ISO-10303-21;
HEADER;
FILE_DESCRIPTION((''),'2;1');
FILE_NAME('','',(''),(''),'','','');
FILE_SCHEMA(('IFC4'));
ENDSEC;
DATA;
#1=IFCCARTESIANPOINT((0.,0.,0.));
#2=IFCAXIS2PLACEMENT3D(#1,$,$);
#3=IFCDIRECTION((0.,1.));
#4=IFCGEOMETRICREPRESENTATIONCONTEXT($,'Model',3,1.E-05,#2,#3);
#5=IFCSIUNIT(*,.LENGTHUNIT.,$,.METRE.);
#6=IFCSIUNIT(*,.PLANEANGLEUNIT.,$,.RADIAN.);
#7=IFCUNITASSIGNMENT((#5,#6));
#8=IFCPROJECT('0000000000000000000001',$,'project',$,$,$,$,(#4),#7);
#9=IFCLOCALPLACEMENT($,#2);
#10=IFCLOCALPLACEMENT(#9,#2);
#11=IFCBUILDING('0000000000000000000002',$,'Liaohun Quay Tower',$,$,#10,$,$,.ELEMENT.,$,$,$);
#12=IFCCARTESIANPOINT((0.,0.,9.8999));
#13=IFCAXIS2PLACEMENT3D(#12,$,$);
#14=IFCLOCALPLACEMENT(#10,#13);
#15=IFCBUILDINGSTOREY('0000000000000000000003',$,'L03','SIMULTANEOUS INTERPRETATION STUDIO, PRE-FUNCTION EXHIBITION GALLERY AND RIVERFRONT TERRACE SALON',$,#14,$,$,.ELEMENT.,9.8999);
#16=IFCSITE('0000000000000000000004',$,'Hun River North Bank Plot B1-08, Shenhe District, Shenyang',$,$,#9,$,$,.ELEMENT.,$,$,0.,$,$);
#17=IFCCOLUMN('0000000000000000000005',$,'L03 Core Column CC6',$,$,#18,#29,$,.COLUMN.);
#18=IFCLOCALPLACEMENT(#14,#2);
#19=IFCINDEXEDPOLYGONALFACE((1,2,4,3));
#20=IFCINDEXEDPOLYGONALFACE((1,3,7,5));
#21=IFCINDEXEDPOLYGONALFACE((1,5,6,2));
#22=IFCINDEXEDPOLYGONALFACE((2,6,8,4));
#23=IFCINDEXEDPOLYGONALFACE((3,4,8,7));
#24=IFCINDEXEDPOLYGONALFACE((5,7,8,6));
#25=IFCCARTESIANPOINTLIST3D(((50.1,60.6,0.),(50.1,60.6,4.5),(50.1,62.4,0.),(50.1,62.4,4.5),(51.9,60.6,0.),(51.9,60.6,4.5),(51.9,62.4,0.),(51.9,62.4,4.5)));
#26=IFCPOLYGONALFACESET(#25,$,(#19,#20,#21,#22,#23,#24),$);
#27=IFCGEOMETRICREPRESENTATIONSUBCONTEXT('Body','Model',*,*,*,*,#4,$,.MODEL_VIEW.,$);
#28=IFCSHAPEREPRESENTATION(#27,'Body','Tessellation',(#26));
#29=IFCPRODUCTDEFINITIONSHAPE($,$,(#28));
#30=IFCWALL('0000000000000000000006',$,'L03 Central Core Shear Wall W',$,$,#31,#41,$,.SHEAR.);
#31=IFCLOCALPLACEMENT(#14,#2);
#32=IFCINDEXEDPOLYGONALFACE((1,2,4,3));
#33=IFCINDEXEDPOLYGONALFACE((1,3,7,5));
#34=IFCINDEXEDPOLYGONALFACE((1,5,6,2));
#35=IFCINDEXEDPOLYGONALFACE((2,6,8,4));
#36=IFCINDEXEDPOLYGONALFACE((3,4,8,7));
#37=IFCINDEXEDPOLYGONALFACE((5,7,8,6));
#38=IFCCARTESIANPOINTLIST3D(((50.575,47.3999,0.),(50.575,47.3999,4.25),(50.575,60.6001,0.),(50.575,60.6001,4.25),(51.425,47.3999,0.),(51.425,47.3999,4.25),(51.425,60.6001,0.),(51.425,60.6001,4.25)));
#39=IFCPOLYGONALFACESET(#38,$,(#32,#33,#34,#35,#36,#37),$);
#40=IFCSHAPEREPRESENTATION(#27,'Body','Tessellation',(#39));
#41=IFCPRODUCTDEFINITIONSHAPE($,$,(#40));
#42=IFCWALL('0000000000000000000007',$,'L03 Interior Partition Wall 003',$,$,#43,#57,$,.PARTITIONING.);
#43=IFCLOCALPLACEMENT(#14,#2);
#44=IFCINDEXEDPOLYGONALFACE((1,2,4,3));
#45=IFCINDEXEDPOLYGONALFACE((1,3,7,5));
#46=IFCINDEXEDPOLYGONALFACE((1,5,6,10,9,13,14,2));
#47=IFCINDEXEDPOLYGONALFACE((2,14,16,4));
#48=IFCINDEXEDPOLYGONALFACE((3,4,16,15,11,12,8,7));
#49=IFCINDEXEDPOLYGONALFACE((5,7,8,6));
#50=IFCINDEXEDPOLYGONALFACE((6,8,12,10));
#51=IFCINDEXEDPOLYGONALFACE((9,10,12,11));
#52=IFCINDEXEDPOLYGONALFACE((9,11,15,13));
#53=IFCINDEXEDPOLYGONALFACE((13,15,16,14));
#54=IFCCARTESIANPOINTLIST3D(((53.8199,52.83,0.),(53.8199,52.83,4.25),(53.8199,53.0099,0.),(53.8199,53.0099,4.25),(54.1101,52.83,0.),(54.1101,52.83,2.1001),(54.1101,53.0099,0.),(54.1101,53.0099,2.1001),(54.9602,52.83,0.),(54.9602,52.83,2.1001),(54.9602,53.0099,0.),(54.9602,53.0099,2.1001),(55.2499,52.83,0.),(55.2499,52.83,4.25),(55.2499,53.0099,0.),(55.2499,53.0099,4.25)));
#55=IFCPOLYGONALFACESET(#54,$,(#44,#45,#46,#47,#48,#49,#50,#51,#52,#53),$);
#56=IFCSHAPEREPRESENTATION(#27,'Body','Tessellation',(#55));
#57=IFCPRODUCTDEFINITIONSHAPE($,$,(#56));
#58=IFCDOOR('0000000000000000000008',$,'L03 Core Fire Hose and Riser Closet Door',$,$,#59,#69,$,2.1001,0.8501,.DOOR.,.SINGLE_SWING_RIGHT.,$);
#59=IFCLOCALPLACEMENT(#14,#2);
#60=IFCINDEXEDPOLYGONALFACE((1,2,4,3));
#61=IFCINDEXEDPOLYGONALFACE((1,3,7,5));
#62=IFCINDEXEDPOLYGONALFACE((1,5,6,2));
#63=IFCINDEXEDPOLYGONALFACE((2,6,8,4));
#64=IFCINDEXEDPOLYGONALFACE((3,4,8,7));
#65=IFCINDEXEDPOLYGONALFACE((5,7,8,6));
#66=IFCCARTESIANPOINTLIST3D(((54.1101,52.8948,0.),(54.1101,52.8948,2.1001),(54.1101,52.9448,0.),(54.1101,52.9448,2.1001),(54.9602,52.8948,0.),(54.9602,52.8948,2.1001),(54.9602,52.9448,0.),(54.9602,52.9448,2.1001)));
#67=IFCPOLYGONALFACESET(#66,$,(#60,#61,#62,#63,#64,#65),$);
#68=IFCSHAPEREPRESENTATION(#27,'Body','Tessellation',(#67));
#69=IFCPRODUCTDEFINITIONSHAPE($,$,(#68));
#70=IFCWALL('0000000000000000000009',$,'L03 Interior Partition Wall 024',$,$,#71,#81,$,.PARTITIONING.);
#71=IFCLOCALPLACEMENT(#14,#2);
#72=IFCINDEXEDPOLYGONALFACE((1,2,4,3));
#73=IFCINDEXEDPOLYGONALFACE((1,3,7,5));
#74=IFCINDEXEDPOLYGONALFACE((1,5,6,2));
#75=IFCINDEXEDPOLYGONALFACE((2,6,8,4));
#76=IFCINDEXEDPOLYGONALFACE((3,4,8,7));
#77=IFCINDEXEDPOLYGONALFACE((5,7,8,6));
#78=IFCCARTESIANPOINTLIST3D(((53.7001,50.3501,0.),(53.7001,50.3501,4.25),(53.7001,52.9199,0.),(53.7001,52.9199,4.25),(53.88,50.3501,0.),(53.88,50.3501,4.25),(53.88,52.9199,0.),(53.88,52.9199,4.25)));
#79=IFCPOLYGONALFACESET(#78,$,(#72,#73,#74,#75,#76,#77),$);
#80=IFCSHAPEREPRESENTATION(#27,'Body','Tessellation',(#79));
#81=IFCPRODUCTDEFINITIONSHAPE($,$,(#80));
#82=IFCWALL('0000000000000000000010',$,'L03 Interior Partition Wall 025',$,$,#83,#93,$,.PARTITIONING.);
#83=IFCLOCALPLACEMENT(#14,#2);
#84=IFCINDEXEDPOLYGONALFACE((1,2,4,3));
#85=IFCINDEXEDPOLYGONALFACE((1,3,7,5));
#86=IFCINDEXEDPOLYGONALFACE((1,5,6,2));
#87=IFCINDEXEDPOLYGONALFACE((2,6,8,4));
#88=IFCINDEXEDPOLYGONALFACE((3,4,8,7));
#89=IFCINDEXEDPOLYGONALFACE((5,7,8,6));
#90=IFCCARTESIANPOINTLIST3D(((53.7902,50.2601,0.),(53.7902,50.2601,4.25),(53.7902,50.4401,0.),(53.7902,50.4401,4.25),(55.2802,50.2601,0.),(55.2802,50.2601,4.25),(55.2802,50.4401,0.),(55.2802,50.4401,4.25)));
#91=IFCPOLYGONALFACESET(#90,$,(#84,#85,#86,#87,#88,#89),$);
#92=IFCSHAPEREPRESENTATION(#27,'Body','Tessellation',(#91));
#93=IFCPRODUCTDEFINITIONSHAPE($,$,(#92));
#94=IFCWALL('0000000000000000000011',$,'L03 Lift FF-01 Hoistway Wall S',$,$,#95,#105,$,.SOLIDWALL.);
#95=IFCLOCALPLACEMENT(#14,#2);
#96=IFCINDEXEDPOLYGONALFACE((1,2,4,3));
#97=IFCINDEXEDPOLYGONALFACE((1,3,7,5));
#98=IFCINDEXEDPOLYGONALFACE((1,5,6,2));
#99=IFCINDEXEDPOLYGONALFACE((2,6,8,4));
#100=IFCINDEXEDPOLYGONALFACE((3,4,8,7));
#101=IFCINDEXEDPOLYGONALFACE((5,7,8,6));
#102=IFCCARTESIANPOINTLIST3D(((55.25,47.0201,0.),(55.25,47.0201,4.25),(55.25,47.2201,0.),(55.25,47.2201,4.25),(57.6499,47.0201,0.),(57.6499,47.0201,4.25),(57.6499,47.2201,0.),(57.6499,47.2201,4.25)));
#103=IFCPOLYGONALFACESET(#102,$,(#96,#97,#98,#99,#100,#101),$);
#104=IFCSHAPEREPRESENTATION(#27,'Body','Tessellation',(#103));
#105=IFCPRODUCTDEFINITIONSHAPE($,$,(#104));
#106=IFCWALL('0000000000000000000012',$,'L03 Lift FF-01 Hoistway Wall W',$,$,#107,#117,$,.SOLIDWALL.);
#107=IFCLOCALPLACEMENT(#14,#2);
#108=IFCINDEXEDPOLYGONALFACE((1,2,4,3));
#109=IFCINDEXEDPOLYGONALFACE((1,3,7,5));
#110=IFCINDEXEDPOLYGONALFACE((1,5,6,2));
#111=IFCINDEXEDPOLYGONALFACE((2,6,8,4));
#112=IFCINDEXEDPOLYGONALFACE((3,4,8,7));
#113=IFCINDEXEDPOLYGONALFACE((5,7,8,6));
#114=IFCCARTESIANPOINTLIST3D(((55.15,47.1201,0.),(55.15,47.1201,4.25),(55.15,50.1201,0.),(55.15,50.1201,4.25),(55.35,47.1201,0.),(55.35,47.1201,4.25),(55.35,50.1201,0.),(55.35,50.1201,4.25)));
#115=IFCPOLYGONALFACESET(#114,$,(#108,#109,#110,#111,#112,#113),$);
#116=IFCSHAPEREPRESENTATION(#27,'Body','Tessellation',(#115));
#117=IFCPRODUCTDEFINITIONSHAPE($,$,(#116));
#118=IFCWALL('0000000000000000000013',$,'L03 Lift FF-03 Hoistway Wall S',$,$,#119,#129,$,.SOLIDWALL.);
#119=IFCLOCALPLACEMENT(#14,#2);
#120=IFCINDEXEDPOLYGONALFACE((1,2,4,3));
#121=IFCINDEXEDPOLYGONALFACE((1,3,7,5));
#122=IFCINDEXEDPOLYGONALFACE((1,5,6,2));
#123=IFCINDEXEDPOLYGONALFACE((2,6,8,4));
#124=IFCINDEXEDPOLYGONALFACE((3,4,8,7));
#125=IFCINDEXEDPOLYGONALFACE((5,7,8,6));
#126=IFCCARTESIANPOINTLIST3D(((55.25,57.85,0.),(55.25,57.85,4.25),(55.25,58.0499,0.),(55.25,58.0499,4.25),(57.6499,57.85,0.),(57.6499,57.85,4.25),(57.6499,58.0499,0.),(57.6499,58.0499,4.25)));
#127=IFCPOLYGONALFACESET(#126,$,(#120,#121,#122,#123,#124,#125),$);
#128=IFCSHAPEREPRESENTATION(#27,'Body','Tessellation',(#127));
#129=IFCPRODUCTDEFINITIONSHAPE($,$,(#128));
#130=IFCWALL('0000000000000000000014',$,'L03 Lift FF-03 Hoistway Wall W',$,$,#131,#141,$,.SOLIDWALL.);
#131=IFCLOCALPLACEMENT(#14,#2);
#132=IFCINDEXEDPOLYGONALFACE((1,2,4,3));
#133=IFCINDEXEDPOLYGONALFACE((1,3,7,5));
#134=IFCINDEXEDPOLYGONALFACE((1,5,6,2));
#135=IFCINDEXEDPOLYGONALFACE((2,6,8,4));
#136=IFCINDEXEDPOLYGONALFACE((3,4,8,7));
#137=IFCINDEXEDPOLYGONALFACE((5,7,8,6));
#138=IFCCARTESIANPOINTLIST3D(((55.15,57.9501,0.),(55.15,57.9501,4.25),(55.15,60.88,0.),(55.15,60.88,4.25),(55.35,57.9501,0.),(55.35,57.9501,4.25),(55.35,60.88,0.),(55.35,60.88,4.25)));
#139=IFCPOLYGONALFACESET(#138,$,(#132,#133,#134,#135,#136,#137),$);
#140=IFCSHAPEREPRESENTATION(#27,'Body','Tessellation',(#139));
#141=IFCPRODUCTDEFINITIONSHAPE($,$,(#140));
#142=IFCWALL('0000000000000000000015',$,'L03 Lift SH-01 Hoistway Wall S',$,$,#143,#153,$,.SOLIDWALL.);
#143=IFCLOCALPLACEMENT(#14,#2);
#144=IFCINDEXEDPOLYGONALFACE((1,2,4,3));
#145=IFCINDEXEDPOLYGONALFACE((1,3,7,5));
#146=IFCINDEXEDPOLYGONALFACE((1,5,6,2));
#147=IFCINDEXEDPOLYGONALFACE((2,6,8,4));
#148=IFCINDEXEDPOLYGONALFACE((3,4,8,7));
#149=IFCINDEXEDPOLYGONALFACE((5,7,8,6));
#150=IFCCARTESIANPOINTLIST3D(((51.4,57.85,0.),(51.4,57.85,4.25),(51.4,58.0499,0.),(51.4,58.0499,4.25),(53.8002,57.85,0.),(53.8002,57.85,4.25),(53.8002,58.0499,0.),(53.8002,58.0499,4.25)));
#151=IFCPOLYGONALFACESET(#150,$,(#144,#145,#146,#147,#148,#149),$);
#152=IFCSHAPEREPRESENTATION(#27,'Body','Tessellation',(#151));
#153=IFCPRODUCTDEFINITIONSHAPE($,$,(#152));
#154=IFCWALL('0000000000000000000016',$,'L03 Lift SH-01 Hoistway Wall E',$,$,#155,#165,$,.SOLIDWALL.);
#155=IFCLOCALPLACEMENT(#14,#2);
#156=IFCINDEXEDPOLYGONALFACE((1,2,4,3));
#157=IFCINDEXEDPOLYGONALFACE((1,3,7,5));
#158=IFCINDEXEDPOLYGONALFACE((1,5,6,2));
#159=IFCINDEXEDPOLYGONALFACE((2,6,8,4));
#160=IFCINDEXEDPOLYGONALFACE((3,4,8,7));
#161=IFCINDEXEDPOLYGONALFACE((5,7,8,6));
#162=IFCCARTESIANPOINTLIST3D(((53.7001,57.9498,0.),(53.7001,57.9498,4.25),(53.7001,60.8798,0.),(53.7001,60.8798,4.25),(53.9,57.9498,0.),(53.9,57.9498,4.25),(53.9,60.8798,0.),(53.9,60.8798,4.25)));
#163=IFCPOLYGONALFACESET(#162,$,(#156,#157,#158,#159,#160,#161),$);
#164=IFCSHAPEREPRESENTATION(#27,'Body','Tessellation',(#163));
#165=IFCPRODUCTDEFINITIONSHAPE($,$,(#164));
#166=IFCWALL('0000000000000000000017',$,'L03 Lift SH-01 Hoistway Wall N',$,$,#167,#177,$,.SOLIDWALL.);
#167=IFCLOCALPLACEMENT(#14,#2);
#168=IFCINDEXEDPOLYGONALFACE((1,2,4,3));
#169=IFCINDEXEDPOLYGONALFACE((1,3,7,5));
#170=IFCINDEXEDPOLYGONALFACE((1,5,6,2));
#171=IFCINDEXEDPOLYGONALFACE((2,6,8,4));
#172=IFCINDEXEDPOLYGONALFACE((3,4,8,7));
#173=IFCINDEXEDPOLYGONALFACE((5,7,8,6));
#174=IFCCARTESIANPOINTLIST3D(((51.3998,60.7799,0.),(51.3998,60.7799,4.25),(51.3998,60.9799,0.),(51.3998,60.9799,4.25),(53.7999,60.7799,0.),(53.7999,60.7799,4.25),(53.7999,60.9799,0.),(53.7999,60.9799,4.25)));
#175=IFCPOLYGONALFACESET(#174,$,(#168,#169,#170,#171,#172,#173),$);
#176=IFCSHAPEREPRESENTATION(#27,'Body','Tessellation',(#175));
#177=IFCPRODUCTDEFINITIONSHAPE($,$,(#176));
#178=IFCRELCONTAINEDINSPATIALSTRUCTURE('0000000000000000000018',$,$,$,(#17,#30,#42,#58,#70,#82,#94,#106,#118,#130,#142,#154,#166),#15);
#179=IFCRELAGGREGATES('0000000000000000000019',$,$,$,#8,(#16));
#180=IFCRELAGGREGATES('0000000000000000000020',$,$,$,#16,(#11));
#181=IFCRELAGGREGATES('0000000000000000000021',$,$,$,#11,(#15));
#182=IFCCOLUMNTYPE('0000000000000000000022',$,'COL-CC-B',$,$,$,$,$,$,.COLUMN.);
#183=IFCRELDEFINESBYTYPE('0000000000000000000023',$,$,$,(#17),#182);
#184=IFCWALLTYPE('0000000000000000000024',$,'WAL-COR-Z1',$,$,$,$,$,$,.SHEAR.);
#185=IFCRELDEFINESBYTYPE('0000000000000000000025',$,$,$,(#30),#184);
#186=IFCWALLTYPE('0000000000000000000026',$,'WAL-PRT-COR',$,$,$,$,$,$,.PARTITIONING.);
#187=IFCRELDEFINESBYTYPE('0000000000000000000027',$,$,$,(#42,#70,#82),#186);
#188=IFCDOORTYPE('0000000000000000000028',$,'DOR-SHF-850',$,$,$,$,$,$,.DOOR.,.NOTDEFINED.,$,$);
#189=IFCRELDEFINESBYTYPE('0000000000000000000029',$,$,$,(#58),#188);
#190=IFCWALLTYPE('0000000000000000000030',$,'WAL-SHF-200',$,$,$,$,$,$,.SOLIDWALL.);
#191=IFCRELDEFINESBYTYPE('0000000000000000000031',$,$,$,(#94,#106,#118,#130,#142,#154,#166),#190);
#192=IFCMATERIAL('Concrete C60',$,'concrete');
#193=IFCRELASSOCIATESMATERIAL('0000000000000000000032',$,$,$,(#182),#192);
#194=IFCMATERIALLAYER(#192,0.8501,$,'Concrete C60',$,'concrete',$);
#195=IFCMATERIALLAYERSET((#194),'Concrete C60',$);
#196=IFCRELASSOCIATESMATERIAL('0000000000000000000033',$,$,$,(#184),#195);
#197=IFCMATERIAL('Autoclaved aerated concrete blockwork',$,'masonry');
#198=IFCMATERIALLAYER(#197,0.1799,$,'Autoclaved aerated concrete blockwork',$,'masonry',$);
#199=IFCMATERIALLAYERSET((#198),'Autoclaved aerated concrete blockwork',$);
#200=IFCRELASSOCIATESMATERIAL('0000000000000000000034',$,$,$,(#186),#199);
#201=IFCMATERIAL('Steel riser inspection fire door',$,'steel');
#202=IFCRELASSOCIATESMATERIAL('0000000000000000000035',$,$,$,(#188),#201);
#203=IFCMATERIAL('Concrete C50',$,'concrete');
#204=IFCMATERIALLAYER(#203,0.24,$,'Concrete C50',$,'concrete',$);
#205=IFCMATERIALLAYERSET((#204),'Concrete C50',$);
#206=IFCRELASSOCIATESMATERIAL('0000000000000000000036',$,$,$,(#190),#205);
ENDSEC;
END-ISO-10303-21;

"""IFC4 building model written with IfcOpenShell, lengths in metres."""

from ifc_helpers import new_model, si_unit, direction, frame, frame_2d, origin, origin_2d, place, context, subcontext, project, spatial, rectangle, extrude, source, transform, mapped, material, layer, layer_set, material_profile, profile_set, type_object, element, fill, save


model = new_model("IFC4")

# Units and contexts
model_context = context("Model", 3, precision=1e-05, world=origin(), true_north=direction((0.0, 1.0)))
body_context = subcontext(model_context, "Body", "Model", "MODEL_VIEW")
ifc_project = project(units=[si_unit("LENGTHUNIT", "METRE"), si_unit("PLANEANGLEUNIT", "RADIAN")], contexts=[model_context])

# Site, building, storey
site_placement = place(None, origin())
site = spatial("IfcSite", under=ifc_project, at=site_placement, Name="Hun River North Bank Plot B1-08, Shenhe District, Shenyang", CompositionType="ELEMENT", RefElevation=0.0)
building_placement = place(site_placement, origin())
building = spatial("IfcBuilding", under=site, at=building_placement, Name="Liaohun Quay Tower", CompositionType="ELEMENT")
storey_placement = place(building_placement, frame((0.0, 0.0, 9.8999)))
storey = spatial("IfcBuildingStorey", under=building, at=storey_placement, Name="L03", Description="SIMULTANEOUS INTERPRETATION STUDIO, PRE-FUNCTION EXHIBITION GALLERY AND RIVERFRONT TERRACE SALON", CompositionType="ELEMENT", Elevation=9.8999)

# Column
ifc_material_1 = material(Name="Concrete C60", Category="concrete")
ifc_material_profile = material_profile(ifc_material_1, rectangle(XDim=1.8, YDim=1.8, at=origin_2d()), Name="RC1800x1800")
ifc_profile_set = profile_set([ifc_material_profile], Name="Concrete C60")
column_type = type_object("IfcColumnType", Name="COL-CC-B", PredefinedType="COLUMN", material=ifc_profile_set)
shared_shape_1 = source(origin(), body_context, "Body", "SweptSolid", [
    extrude(rectangle(XDim=1.8, YDim=1.8, at=origin_2d()), origin(), (0.0, 0.0, 1.0), 4.5),
])
column_placement = place(storey_placement, frame((51.0, 61.5, 0.0), z_axis=(0.0, 0.0, 1.0), x_axis=(1.0, 0.0, 0.0)))
element("IfcColumn", 1, at=column_placement, inside=storey, type_object=column_type, Name="L03 Core Column CC6", PredefinedType="COLUMN", context=body_context, shape_type="MappedRepresentation", body=[
    mapped(shared_shape_1, transform((0.0, 0.0, 0.0), x_axis=(1.0, 0.0, 0.0), y_axis=(0.0, 1.0, 0.0), z_axis=(0.0, 0.0, 1.0), scale=1.0)),
])

# Wall
ifc_layer_1 = layer(ifc_material_1, 0.8501, Name="Concrete C60", Category="concrete")
ifc_layer_set_1 = layer_set([ifc_layer_1], Name="Concrete C60")
wall_type_1 = type_object("IfcWallType", Name="WAL-COR-Z1", PredefinedType="SHEAR", material=ifc_layer_set_1)
wall_1_placement = place(storey_placement, frame((51.0, 47.3999, 0.0), z_axis=(0.0, 0.0, 1.0), x_axis=(0.0, 1.0, 0.0)))
element("IfcWall", 2, at=wall_1_placement, inside=storey, type_object=wall_type_1, Name="L03 Central Core Shear Wall W", PredefinedType="SHEAR", context=body_context, shape_type="SweptSolid", body=[
    extrude(rectangle(XDim=13.2002, YDim=0.8501, at=frame_2d((6.6001, 0.0))), origin(), (0.0, 0.0, 1.0), 4.25),
])

# Wall, opening, door
ifc_material_2 = material(Name="Autoclaved aerated concrete blockwork", Category="masonry")
ifc_layer_2 = layer(ifc_material_2, 0.1799, Name="Autoclaved aerated concrete blockwork", Category="masonry")
ifc_layer_set_2 = layer_set([ifc_layer_2], Name="Autoclaved aerated concrete blockwork")
wall_type_2 = type_object("IfcWallType", Name="WAL-PRT-COR", PredefinedType="PARTITIONING", material=ifc_layer_set_2)
wall_2_placement = place(storey_placement, frame((53.8201, 52.9199, 0.0), z_axis=(0.0, 0.0, 1.0), x_axis=(1.0, 0.0, 0.0)))
wall_2 = element("IfcWall", 3, at=wall_2_placement, inside=storey, type_object=wall_type_2, Name="L03 Interior Partition Wall 003", PredefinedType="PARTITIONING", context=body_context, shape_type="SweptSolid", body=[
    extrude(rectangle(XDim=1.4299, YDim=0.1799, at=frame_2d((0.7148, 0.0))), origin(), (0.0, 0.0, 1.0), 4.25),
])
shared_shape_2 = source(origin(), body_context, "Body", "SweptSolid", [
    extrude(rectangle(XDim=0.8501, YDim=2.1001, at=frame_2d((0.425, 1.05))), frame((0.0, 0.0999, 0.0), z_axis=(0.0, -1.0, 0.0), x_axis=(1.0, 0.0, 0.0)), (0.0, 0.0, 1.0), 0.2),
])
opening_1_placement = place(wall_2_placement, frame((0.29, 0.0, 0.0)))
opening_1 = element("IfcOpeningElement", 4, at=opening_1_placement, cuts=wall_2, PredefinedType="OPENING", context=body_context, shape_type="MappedRepresentation", body=[
    mapped(shared_shape_2, transform((0.0, 0.0, 0.0), x_axis=(1.0, 0.0, 0.0), y_axis=(0.0, 1.0, 0.0), z_axis=(0.0, 0.0, 1.0), scale=1.0)),
])
ifc_material_3 = material(Name="Steel riser inspection fire door", Category="steel")
door_type_1 = type_object("IfcDoorType", Name="DOR-SHF-850", OperationType="NOTDEFINED", PredefinedType="DOOR", material=ifc_material_3)
shared_shape_3 = source(origin(), body_context, "Body", "SweptSolid", [
    extrude(rectangle(XDim=0.8501, YDim=2.1001, at=frame_2d((0.425, 1.05))), frame((0.0, 0.0249, 0.0), z_axis=(0.0, -1.0, 0.0), x_axis=(1.0, 0.0, 0.0)), (0.0, 0.0, 1.0), 0.05),
])
door_1_placement = place(opening_1_placement, origin())
door_1 = element("IfcDoor", 5, at=door_1_placement, inside=storey, type_object=door_type_1, Name="L03 Core Fire Hose and Riser Closet Door", OperationType="SINGLE_SWING_RIGHT", OverallHeight=2.1001, OverallWidth=0.8501, PredefinedType="DOOR", context=body_context, shape_type="MappedRepresentation", body=[
    mapped(shared_shape_3, transform((0.0, 0.0, 0.0), x_axis=(1.0, 0.0, 0.0), y_axis=(0.0, 1.0, 0.0), z_axis=(0.0, 0.0, 1.0), scale=1.0)),
])
fill(opening_1, door_1)

# Walls
wall_3_placement = place(storey_placement, frame((53.79, 50.3501, 0.0), z_axis=(0.0, 0.0, 1.0), x_axis=(0.0, 1.0, 0.0)))
element("IfcWall", 6, at=wall_3_placement, inside=storey, type_object=wall_type_2, Name="L03 Interior Partition Wall 024", PredefinedType="PARTITIONING", context=body_context, shape_type="SweptSolid", body=[
    extrude(rectangle(XDim=2.5698, YDim=0.1799, at=frame_2d((1.2849, 0.0))), origin(), (0.0, 0.0, 1.0), 4.25),
])
wall_4_placement = place(storey_placement, frame((53.79, 50.3501, 0.0), z_axis=(0.0, 0.0, 1.0), x_axis=(1.0, 0.0, 0.0)))
element("IfcWall", 7, at=wall_4_placement, inside=storey, type_object=wall_type_2, Name="L03 Interior Partition Wall 025", PredefinedType="PARTITIONING", context=body_context, shape_type="SweptSolid", body=[
    extrude(rectangle(XDim=1.49, YDim=0.1799, at=frame_2d((0.7451, 0.0))), origin(), (0.0, 0.0, 1.0), 4.25),
])
ifc_material_4 = material(Name="Concrete C50", Category="concrete")
ifc_layer_3 = layer(ifc_material_4, 0.24, Name="Concrete C50", Category="concrete")
ifc_layer_set_3 = layer_set([ifc_layer_3], Name="Concrete C50")
wall_type_3 = type_object("IfcWallType", Name="WAL-SHF-200", PredefinedType="SOLIDWALL", material=ifc_layer_set_3)
wall_5_placement = place(storey_placement, frame((55.25, 47.1201, 0.0), z_axis=(0.0, 0.0, 1.0), x_axis=(1.0, 0.0, 0.0)))
element("IfcWall", 8, at=wall_5_placement, inside=storey, type_object=wall_type_3, Name="L03 Lift FF-01 Hoistway Wall S", PredefinedType="SOLIDWALL", context=body_context, shape_type="SweptSolid", body=[
    extrude(rectangle(XDim=2.3999, YDim=0.2, at=frame_2d((1.2, 0.0))), origin(), (0.0, 0.0, 1.0), 4.25),
])
wall_6_placement = place(storey_placement, frame((55.25, 50.1201, 0.0), z_axis=(0.0, 0.0, 1.0), x_axis=(0.0, -1.0, 0.0)))
element("IfcWall", 9, at=wall_6_placement, inside=storey, type_object=wall_type_3, Name="L03 Lift FF-01 Hoistway Wall W", PredefinedType="SOLIDWALL", context=body_context, shape_type="SweptSolid", body=[
    extrude(rectangle(XDim=3.0, YDim=0.2, at=frame_2d((1.5, 0.0))), origin(), (0.0, 0.0, 1.0), 4.25),
])
wall_7_placement = place(storey_placement, frame((55.25, 57.95, 0.0), z_axis=(0.0, 0.0, 1.0), x_axis=(1.0, 0.0, 0.0)))
element("IfcWall", 10, at=wall_7_placement, inside=storey, type_object=wall_type_3, Name="L03 Lift FF-03 Hoistway Wall S", PredefinedType="SOLIDWALL", context=body_context, shape_type="SweptSolid", body=[
    extrude(rectangle(XDim=2.3999, YDim=0.2, at=frame_2d((1.2, 0.0))), origin(), (0.0, 0.0, 1.0), 4.25),
])
wall_8_placement = place(storey_placement, frame((55.25, 60.8799, 0.0), z_axis=(0.0, 0.0, 1.0), x_axis=(0.0, -1.0, 0.0)))
element("IfcWall", 11, at=wall_8_placement, inside=storey, type_object=wall_type_3, Name="L03 Lift FF-03 Hoistway Wall W", PredefinedType="SOLIDWALL", context=body_context, shape_type="SweptSolid", body=[
    extrude(rectangle(XDim=2.9299, YDim=0.2, at=frame_2d((1.4648, 0.0))), origin(), (0.0, 0.0, 1.0), 4.25),
])
wall_9_placement = place(storey_placement, frame((51.3999, 57.95, 0.0), z_axis=(0.0, 0.0, 1.0), x_axis=(1.0, 0.0, 0.0)))
element("IfcWall", 12, at=wall_9_placement, inside=storey, type_object=wall_type_3, Name="L03 Lift SH-01 Hoistway Wall S", PredefinedType="SOLIDWALL", context=body_context, shape_type="SweptSolid", body=[
    extrude(rectangle(XDim=2.4001, YDim=0.2, at=frame_2d((1.2002, 0.0))), origin(), (0.0, 0.0, 1.0), 4.25),
])
wall_10_placement = place(storey_placement, frame((53.8, 57.95, 0.0), z_axis=(0.0, 0.0, 1.0), x_axis=(0.0, 1.0, 0.0)))
element("IfcWall", 13, at=wall_10_placement, inside=storey, type_object=wall_type_3, Name="L03 Lift SH-01 Hoistway Wall E", PredefinedType="SOLIDWALL", context=body_context, shape_type="SweptSolid", body=[
    extrude(rectangle(XDim=2.9299, YDim=0.2, at=frame_2d((1.4648, 0.0))), origin(), (0.0, 0.0, 1.0), 4.25),
])
wall_11_placement = place(storey_placement, frame((53.8, 60.8799, 0.0), z_axis=(0.0, 0.0, 1.0), x_axis=(-1.0, 0.0, 0.0)))
element("IfcWall", 14, at=wall_11_placement, inside=storey, type_object=wall_type_3, Name="L03 Lift SH-01 Hoistway Wall N", PredefinedType="SOLIDWALL", context=body_context, shape_type="SweptSolid", body=[
    extrude(rectangle(XDim=2.4001, YDim=0.2, at=frame_2d((1.2002, 0.0))), origin(), (0.0, 0.0, 1.0), 4.25),
])

save(model, "model.ifc")
